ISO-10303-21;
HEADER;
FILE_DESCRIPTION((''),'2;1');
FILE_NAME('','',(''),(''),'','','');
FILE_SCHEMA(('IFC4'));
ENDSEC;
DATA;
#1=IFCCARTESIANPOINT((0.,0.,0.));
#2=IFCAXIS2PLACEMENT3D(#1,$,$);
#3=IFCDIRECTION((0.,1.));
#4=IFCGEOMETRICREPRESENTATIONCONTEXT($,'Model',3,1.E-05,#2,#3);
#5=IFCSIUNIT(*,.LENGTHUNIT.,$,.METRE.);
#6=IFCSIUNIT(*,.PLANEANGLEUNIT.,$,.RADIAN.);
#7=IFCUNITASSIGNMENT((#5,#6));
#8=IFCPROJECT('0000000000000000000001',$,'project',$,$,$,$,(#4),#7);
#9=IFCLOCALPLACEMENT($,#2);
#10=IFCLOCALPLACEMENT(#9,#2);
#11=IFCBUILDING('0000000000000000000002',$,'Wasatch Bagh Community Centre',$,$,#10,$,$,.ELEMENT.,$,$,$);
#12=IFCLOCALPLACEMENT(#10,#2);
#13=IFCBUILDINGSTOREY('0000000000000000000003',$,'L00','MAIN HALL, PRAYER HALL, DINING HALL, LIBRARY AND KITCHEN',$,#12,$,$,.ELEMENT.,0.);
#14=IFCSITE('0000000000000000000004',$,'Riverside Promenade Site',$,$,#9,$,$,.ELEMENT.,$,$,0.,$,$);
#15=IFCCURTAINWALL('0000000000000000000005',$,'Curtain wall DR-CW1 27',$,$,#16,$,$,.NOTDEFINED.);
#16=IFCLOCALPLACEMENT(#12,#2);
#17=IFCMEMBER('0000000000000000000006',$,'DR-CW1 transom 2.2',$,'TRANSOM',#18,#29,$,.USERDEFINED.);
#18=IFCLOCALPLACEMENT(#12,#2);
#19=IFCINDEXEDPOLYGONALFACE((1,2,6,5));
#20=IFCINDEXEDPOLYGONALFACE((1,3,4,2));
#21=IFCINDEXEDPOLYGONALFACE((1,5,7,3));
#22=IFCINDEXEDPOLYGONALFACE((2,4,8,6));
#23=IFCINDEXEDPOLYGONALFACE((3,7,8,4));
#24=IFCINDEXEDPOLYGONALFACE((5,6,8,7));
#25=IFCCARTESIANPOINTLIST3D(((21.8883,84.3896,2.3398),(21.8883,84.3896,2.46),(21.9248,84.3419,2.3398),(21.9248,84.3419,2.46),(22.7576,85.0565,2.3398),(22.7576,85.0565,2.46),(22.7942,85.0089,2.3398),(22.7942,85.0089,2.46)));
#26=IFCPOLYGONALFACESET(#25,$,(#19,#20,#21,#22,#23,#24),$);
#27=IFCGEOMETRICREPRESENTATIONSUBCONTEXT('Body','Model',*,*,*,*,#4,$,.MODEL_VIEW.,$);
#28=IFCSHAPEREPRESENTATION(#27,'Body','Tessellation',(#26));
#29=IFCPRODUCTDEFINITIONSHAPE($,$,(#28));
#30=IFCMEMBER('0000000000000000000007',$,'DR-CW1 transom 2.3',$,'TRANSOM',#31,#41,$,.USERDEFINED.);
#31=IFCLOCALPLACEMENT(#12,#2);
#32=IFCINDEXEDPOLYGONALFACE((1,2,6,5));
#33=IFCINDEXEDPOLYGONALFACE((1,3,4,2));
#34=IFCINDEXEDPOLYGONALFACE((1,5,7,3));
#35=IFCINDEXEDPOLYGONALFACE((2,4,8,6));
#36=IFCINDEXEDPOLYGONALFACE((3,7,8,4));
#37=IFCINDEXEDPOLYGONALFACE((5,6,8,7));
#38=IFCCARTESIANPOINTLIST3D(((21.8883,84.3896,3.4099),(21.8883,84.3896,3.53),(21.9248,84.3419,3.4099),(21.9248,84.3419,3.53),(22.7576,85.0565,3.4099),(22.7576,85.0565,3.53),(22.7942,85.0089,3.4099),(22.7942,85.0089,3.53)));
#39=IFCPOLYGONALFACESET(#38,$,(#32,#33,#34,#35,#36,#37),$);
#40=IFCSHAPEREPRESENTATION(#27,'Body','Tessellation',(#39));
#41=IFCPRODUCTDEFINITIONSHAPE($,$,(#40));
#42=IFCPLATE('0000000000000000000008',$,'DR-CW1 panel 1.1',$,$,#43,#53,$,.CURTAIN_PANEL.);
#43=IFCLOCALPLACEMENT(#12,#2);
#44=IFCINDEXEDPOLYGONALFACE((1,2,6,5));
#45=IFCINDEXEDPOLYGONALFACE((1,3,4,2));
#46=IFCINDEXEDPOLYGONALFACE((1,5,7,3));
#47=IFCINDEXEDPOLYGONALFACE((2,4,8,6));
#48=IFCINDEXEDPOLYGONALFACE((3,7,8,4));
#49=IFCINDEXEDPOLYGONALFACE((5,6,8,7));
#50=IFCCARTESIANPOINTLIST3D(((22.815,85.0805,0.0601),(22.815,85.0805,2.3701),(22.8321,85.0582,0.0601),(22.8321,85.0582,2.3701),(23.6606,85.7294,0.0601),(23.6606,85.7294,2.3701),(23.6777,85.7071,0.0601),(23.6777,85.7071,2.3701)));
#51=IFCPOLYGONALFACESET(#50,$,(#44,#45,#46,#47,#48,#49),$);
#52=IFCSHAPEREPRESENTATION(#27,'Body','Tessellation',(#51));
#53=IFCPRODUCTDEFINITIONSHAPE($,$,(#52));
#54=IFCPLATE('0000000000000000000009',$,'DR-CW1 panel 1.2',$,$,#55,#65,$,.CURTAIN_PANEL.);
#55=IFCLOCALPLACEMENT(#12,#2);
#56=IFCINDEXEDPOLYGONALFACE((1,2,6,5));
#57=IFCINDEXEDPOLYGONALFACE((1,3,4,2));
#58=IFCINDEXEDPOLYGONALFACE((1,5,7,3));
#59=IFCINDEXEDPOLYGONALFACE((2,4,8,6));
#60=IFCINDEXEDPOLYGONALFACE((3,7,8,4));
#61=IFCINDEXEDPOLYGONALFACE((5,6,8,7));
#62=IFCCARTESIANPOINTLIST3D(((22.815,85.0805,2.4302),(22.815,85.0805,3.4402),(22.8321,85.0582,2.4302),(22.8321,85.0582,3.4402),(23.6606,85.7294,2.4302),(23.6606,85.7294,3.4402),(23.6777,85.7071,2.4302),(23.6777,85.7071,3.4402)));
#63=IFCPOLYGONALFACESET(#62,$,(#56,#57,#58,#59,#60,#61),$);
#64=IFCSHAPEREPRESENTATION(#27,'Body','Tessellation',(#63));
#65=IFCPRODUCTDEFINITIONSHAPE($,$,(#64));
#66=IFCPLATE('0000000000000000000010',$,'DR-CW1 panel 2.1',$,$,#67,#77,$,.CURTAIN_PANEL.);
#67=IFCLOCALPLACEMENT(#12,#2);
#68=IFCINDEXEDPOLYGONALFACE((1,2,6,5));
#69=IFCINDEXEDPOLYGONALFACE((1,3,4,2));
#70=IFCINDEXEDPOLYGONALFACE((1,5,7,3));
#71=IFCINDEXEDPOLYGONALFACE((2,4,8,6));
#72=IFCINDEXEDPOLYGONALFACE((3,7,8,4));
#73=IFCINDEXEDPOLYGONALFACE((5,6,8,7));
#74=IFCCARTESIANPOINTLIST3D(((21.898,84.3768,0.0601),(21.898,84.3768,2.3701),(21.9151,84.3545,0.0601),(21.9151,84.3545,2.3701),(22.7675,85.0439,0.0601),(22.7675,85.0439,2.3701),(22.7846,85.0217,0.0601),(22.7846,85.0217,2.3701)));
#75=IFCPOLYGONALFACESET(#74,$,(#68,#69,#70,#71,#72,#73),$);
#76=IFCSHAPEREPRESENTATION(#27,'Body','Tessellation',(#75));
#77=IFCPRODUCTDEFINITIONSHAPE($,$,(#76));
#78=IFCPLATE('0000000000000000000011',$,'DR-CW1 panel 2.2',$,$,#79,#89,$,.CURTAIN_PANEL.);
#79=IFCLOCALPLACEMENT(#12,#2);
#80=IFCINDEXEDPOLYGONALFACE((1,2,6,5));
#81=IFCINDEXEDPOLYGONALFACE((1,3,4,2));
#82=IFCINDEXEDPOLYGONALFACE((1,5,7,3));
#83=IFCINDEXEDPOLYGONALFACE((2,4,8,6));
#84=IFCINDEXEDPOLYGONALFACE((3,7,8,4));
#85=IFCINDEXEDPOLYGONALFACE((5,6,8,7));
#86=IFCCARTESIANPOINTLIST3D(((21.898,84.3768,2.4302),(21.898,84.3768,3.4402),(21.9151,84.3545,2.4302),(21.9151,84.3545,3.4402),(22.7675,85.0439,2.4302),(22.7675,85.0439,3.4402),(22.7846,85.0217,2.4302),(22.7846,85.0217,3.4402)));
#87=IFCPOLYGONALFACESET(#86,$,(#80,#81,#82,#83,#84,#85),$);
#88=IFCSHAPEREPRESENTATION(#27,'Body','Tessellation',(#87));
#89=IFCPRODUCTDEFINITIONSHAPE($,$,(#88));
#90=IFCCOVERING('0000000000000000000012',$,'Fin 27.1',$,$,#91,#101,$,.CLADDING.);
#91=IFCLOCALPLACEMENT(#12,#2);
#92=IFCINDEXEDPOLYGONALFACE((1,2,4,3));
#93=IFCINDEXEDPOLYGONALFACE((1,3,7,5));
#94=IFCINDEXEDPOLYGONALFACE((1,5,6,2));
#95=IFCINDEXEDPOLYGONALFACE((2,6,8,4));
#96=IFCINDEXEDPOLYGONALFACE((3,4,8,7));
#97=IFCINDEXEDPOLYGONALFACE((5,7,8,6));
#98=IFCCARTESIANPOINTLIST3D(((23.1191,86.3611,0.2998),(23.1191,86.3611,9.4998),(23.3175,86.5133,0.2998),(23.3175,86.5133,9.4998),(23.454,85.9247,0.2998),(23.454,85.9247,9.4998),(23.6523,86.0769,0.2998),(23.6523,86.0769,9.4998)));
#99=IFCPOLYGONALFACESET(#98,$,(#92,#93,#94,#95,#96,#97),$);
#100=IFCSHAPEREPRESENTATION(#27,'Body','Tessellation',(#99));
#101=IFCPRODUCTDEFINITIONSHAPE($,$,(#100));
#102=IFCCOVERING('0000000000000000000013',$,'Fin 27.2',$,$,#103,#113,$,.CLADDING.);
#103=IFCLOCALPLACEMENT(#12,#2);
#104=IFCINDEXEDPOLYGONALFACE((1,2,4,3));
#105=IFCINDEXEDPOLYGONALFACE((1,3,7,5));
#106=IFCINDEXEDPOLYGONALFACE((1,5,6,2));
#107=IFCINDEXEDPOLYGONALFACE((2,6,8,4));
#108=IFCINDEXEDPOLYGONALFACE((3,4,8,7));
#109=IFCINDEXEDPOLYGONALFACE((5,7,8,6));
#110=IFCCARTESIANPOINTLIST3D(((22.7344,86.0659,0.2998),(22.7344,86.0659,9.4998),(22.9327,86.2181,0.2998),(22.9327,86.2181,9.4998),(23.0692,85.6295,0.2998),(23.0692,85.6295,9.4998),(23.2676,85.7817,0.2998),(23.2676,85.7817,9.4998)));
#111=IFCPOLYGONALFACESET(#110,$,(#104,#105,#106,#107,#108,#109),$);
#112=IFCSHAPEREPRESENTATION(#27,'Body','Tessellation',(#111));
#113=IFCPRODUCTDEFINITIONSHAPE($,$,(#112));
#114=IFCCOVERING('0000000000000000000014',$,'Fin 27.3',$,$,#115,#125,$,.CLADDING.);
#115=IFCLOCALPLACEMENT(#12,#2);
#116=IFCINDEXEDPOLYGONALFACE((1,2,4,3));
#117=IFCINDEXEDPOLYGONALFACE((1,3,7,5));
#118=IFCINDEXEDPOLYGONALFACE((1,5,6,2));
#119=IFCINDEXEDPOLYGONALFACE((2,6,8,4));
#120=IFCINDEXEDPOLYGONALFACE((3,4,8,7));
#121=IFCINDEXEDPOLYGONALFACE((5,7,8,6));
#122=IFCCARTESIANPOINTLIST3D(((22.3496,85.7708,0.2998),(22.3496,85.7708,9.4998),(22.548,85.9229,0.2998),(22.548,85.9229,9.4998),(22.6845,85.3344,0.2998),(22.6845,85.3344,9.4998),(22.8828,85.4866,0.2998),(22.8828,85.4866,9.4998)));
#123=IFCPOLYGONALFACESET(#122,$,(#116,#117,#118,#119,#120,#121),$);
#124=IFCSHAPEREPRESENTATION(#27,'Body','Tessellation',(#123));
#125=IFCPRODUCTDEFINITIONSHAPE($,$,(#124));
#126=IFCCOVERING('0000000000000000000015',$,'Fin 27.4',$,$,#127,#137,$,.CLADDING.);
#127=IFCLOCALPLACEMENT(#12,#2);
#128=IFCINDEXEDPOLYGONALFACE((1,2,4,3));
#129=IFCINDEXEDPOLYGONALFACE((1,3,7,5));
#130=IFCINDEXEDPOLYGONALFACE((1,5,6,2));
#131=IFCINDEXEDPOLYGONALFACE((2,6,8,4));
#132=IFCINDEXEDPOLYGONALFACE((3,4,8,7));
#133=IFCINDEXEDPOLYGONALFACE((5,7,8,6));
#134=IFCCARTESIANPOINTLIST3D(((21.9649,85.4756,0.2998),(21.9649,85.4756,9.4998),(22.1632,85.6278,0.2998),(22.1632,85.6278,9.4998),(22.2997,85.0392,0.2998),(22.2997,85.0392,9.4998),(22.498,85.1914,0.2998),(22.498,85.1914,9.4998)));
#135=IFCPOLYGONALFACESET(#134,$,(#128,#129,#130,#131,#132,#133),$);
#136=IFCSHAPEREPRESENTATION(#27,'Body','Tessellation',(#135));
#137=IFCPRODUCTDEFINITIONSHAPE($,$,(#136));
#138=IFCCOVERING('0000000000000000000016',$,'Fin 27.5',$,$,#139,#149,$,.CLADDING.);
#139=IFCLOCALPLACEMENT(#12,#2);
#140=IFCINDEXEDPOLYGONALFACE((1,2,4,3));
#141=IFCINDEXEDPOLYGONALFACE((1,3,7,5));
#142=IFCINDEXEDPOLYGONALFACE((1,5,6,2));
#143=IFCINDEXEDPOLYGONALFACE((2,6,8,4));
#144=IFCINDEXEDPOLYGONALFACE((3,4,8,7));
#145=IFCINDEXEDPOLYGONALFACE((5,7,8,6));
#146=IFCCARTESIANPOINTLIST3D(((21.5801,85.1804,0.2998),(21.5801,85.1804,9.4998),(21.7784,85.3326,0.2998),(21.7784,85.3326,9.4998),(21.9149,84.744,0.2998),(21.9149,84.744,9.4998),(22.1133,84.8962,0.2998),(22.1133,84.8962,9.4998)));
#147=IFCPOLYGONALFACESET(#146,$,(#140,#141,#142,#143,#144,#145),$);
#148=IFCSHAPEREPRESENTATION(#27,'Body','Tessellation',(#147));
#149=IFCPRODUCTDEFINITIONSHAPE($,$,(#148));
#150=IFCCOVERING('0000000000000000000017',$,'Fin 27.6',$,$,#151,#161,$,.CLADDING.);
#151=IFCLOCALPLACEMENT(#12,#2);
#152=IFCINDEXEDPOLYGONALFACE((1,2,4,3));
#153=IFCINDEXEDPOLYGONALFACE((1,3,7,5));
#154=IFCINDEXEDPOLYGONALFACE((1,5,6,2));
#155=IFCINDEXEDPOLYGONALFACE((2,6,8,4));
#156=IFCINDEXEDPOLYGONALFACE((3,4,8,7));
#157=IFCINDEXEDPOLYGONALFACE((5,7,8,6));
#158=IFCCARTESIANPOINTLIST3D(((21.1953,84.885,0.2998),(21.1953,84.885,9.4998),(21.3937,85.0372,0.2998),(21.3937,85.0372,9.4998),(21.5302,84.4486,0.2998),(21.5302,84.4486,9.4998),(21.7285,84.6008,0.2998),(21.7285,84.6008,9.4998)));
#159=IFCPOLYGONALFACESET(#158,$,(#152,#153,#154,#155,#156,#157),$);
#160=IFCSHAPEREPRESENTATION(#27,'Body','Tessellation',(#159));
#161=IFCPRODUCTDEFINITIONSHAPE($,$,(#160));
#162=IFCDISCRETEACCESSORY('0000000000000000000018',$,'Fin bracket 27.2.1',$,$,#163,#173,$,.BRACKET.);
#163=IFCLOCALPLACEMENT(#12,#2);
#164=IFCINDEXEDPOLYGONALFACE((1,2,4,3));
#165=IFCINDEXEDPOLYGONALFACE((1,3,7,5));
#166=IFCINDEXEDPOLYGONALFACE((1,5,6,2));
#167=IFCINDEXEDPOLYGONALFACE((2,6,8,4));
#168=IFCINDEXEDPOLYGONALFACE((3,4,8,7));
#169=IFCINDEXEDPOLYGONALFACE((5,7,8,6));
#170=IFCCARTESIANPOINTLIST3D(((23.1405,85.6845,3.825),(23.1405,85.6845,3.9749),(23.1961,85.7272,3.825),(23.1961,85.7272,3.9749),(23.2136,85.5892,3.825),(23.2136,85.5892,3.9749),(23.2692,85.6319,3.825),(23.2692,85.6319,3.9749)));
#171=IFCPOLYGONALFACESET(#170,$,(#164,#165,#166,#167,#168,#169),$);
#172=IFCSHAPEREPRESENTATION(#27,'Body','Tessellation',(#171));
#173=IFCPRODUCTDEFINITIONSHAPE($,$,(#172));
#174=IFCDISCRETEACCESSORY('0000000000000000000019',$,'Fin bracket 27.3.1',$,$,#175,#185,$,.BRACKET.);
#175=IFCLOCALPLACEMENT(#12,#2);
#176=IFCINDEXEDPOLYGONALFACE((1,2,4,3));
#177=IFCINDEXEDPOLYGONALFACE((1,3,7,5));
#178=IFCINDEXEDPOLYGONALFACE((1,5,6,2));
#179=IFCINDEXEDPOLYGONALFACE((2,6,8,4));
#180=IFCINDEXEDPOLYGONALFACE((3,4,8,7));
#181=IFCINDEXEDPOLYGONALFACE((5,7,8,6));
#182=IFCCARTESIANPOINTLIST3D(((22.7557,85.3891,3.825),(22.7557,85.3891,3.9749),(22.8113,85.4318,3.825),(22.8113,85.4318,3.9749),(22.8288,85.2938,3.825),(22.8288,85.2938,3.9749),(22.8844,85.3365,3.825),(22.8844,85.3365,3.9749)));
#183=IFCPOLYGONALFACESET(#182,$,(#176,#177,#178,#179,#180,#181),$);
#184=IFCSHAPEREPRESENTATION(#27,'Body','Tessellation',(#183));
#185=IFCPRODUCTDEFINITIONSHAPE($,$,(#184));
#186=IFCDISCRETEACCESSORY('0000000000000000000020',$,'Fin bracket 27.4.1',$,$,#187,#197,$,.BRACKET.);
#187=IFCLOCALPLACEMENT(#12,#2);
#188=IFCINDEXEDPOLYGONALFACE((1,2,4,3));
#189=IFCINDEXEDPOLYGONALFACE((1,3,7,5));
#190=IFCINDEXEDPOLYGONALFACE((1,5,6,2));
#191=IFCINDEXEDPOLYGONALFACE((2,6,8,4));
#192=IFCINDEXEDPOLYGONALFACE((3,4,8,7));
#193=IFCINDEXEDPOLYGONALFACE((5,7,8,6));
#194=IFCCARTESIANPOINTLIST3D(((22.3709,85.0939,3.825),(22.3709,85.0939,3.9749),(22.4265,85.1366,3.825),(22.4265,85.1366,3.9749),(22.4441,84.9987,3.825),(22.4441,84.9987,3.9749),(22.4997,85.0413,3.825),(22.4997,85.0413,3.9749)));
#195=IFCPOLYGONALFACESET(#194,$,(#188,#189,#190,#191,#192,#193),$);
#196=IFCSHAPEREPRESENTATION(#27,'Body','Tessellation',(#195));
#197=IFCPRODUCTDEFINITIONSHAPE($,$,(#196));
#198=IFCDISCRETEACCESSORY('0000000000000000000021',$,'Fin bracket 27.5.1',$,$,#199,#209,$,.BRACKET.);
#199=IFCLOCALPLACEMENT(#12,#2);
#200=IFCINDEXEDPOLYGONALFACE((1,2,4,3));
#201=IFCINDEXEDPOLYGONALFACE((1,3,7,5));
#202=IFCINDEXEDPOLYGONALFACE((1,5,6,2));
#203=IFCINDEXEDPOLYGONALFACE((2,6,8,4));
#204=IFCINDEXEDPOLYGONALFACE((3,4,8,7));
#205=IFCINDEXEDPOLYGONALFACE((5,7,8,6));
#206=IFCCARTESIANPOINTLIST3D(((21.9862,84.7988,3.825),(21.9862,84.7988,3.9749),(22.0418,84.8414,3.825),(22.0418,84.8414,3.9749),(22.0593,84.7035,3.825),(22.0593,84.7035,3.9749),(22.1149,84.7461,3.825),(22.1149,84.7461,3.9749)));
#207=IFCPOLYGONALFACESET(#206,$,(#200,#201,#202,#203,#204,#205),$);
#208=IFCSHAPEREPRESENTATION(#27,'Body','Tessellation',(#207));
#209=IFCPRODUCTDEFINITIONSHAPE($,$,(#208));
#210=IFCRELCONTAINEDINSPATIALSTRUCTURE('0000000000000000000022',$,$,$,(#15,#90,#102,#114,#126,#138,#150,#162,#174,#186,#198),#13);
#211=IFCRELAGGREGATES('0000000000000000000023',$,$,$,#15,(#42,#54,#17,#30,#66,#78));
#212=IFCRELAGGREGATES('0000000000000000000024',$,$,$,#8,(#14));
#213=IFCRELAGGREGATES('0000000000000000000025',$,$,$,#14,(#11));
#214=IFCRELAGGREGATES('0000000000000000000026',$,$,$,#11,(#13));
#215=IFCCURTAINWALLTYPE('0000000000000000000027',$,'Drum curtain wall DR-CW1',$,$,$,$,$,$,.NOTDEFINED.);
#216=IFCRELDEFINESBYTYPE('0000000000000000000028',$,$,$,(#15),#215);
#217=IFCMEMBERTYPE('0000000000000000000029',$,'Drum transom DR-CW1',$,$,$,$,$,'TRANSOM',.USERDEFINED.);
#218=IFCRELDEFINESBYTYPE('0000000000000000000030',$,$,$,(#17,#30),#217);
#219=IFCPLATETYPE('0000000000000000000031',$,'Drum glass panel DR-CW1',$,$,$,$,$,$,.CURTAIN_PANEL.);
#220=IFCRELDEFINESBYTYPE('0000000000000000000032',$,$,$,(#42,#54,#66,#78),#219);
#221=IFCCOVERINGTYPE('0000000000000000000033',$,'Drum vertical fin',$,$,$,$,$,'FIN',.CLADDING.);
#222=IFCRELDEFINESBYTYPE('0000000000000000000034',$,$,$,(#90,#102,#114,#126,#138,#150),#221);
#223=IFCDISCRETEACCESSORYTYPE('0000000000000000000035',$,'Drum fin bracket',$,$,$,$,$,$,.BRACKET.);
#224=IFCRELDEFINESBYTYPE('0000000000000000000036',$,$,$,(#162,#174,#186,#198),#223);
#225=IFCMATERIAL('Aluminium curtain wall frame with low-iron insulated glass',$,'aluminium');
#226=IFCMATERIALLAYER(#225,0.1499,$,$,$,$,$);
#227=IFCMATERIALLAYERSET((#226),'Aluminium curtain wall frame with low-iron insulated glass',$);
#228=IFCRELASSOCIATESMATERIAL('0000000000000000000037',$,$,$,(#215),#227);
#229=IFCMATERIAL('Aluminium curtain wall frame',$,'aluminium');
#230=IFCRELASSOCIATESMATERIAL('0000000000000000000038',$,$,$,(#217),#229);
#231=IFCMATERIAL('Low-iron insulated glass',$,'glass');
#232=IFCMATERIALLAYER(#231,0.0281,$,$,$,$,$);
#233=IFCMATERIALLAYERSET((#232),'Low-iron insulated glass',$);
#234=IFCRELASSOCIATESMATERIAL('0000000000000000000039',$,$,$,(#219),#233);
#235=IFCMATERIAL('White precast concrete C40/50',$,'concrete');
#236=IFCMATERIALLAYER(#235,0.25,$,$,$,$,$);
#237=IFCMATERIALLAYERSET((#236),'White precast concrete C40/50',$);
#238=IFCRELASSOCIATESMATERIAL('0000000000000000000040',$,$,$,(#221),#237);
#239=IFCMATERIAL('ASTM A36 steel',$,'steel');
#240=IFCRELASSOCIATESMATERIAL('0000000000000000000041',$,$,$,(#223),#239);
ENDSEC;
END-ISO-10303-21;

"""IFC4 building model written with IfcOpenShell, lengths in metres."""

from ifc_helpers import new_model, si_unit, direction, frame, origin, origin_2d, place, context, subcontext, project, spatial, rectangle, extrude, material, layer, layer_set, material_profile, profile_set, type_object, element, aggregate, save


model = new_model("IFC4")

# Units and contexts
model_context = context("Model", 3, precision=1e-05, world=origin(), true_north=direction((0.0, 1.0)))
body_context = subcontext(model_context, "Body", "Model", "MODEL_VIEW")
ifc_project = project(units=[si_unit("LENGTHUNIT", "METRE"), si_unit("PLANEANGLEUNIT", "RADIAN")], contexts=[model_context])

# Site, building, storey
site_placement = place(None, origin())
site = spatial("IfcSite", under=ifc_project, at=site_placement, Name="Riverside Promenade Site", CompositionType="ELEMENT", RefElevation=0.0)
building_placement = place(site_placement, origin())
building = spatial("IfcBuilding", under=site, at=building_placement, Name="Wasatch Bagh Community Centre", CompositionType="ELEMENT")
storey_placement = place(building_placement, origin())
storey = spatial("IfcBuildingStorey", under=building, at=storey_placement, Name="L00", Description="MAIN HALL, PRAYER HALL, DINING HALL, LIBRARY AND KITCHEN", CompositionType="ELEMENT", Elevation=0.0)

# Curtain wall, members, plates
ifc_material_1 = material(Name="Aluminium curtain wall frame with low-iron insulated glass", Category="aluminium")
ifc_layer_1 = layer(ifc_material_1, 0.1499)
ifc_layer_set_1 = layer_set([ifc_layer_1], Name="Aluminium curtain wall frame with low-iron insulated glass")
curtain_wall_type = type_object("IfcCurtainWallType", Name="Drum curtain wall DR-CW1", PredefinedType="NOTDEFINED", material=ifc_layer_set_1)
curtain_wall_placement = place(storey_placement, origin())
curtain_wall = element("IfcCurtainWall", 1, at=curtain_wall_placement, inside=storey, type_object=curtain_wall_type, Name="Curtain wall DR-CW1 27", PredefinedType="NOTDEFINED")
ifc_material_2 = material(Name="Aluminium curtain wall frame", Category="aluminium")
ifc_material_profile_1 = material_profile(ifc_material_2, rectangle(XDim=0.0601, YDim=0.1201, at=origin_2d()), Name="Drum transom DR-CW1")
ifc_profile_set_1 = profile_set([ifc_material_profile_1], Name="Aluminium curtain wall frame")
member_type_1 = type_object("IfcMemberType", Name="Drum transom DR-CW1", ElementType="TRANSOM", PredefinedType="USERDEFINED", material=ifc_profile_set_1)
member_1_placement = place(storey_placement, frame((22.7759, 85.0327, 2.3999), z_axis=(-0.793402, -0.608698, 0.0), x_axis=(0.608698, -0.793402, 0.0)))
member_1 = element("IfcMember", 2, at=member_1_placement, type_object=member_type_1, Name="DR-CW1 transom 2.2", ObjectType="TRANSOM", PredefinedType="USERDEFINED", context=body_context, shape_type="SweptSolid", body=[
    extrude(rectangle(XDim=0.0601, YDim=0.1201, at=origin_2d()), origin(), (0.0, 0.0, 1.0), 1.0957),
])
member_2_placement = place(storey_placement, frame((22.7759, 85.0327, 3.47), z_axis=(-0.793402, -0.608698, 0.0), x_axis=(0.608698, -0.793402, 0.0)))
member_2 = element("IfcMember", 3, at=member_2_placement, type_object=member_type_1, Name="DR-CW1 transom 2.3", ObjectType="TRANSOM", PredefinedType="USERDEFINED", context=body_context, shape_type="SweptSolid", body=[
    extrude(rectangle(XDim=0.0601, YDim=0.1201, at=origin_2d()), origin(), (0.0, 0.0, 1.0), 1.0957),
])
ifc_material_3 = material(Name="Low-iron insulated glass", Category="glass")
ifc_layer_2 = layer(ifc_material_3, 0.0281)
ifc_layer_set_2 = layer_set([ifc_layer_2], Name="Low-iron insulated glass")
plate_type = type_object("IfcPlateType", Name="Drum glass panel DR-CW1", PredefinedType="CURTAIN_PANEL", material=ifc_layer_set_2)
plate_1_placement = place(storey_placement, frame((23.2463, 85.3938, 0.0601), z_axis=(0.0, 0.0, 1.0), x_axis=(-0.793353, -0.608761, 0.0)))
plate_1 = element("IfcPlate", 4, at=plate_1_placement, type_object=plate_type, Name="DR-CW1 panel 1.1", PredefinedType="CURTAIN_PANEL", context=body_context, shape_type="SweptSolid", body=[
    extrude(rectangle(XDim=1.0659, YDim=0.0281, at=origin_2d()), origin(), (0.0, 0.0, 1.0), 2.3101),
])
plate_2_placement = place(storey_placement, frame((23.2463, 85.3938, 2.4302), z_axis=(0.0, 0.0, 1.0), x_axis=(-0.793353, -0.608761, 0.0)))
plate_2 = element("IfcPlate", 5, at=plate_2_placement, type_object=plate_type, Name="DR-CW1 panel 1.2", PredefinedType="CURTAIN_PANEL", context=body_context, shape_type="SweptSolid", body=[
    extrude(rectangle(XDim=1.0659, YDim=0.0281, at=origin_2d()), origin(), (0.0, 0.0, 1.0), 1.01),
])
plate_3_placement = place(storey_placement, frame((22.3413, 84.6992, 0.0601), z_axis=(0.0, 0.0, 1.0), x_axis=(-0.793353, -0.608761, 0.0)))
plate_3 = element("IfcPlate", 6, at=plate_3_placement, type_object=plate_type, Name="DR-CW1 panel 2.1", PredefinedType="CURTAIN_PANEL", context=body_context, shape_type="SweptSolid", body=[
    extrude(rectangle(XDim=1.0959, YDim=0.0281, at=origin_2d()), origin(), (0.0, 0.0, 1.0), 2.3101),
])
plate_4_placement = place(storey_placement, frame((22.3413, 84.6992, 2.4302), z_axis=(0.0, 0.0, 1.0), x_axis=(-0.793353, -0.608761, 0.0)))
plate_4 = element("IfcPlate", 7, at=plate_4_placement, type_object=plate_type, Name="DR-CW1 panel 2.2", PredefinedType="CURTAIN_PANEL", context=body_context, shape_type="SweptSolid", body=[
    extrude(rectangle(XDim=1.0959, YDim=0.0281, at=origin_2d()), origin(), (0.0, 0.0, 1.0), 1.01),
])
aggregate(curtain_wall, [plate_1, plate_2, member_1, member_2, plate_3, plate_4])

# Coverings
ifc_material_4 = material(Name="White precast concrete C40/50", Category="concrete")
ifc_layer_3 = layer(ifc_material_4, 0.25)
ifc_layer_set_3 = layer_set([ifc_layer_3], Name="White precast concrete C40/50")
covering_type = type_object("IfcCoveringType", Name="Drum vertical fin", ElementType="FIN", PredefinedType="CLADDING", material=ifc_layer_set_3)
for number, where, z_axis, x_axis, name in (
    (8, (23.3857, 86.219, 0.2998), (0.0, 0.0, 1.0), (-0.793353, -0.608761, 0.0), "Fin 27.1"),
    (9, (23.001, 85.9238, 0.2998), (0.0, 0.0, 1.0), (-0.793353, -0.608761, 0.0), "Fin 27.2"),
    (10, (22.6162, 85.6287, 0.2998), (0.0, 0.0, 1.0), (-0.793353, -0.608761, 0.0), "Fin 27.3"),
    (11, (22.2314, 85.3335, 0.2998), (0.0, 0.0, 1.0), (-0.793353, -0.608761, 0.0), "Fin 27.4"),
    (12, (21.8467, 85.0383, 0.2998), (0.0, 0.0, 1.0), (-0.793353, -0.608761, 0.0), "Fin 27.5"),
    (13, (21.4619, 84.7429, 0.2998), (0.0, 0.0, 1.0), (-0.793353, -0.608761, 0.0), "Fin 27.6"),
):
    element("IfcCovering", number, at=place(storey_placement, frame(where, z_axis=z_axis, x_axis=x_axis)), inside=storey, type_object=covering_type, Name=name, PredefinedType="CLADDING", context=body_context, shape_type="SweptSolid", body=[
        extrude(rectangle(XDim=0.25, YDim=0.55, at=origin_2d()), origin(), (0.0, 0.0, 1.0), 9.2),
    ])

# Discrete accessories
ifc_material_5 = material(Name="ASTM A36 steel", Category="steel")
discrete_accessory_type = type_object("IfcDiscreteAccessoryType", Name="Drum fin bracket", PredefinedType="BRACKET", material=ifc_material_5)
for number, where, z_axis, x_axis, name in (
    (14, (23.2048, 85.6582, 3.825), (0.0, 0.0, 1.0), (-0.793353, -0.608761, 0.0), "Fin bracket 27.2.1"),
    (15, (22.8201, 85.3628, 3.825), (0.0, 0.0, 1.0), (-0.793353, -0.608761, 0.0), "Fin bracket 27.3.1"),
    (16, (22.4353, 85.0676, 3.825), (0.0, 0.0, 1.0), (-0.793353, -0.608761, 0.0), "Fin bracket 27.4.1"),
    (17, (22.0505, 84.7725, 3.825), (0.0, 0.0, 1.0), (-0.793353, -0.608761, 0.0), "Fin bracket 27.5.1"),
):
    element("IfcDiscreteAccessory", number, at=place(storey_placement, frame(where, z_axis=z_axis, x_axis=x_axis)), inside=storey, type_object=discrete_accessory_type, Name=name, PredefinedType="BRACKET", context=body_context, shape_type="SweptSolid", body=[
        extrude(rectangle(XDim=0.0701, YDim=0.1201, at=origin_2d()), origin(), (0.0, 0.0, 1.0), 0.1499),
    ])

save(model, "model.ifc")
